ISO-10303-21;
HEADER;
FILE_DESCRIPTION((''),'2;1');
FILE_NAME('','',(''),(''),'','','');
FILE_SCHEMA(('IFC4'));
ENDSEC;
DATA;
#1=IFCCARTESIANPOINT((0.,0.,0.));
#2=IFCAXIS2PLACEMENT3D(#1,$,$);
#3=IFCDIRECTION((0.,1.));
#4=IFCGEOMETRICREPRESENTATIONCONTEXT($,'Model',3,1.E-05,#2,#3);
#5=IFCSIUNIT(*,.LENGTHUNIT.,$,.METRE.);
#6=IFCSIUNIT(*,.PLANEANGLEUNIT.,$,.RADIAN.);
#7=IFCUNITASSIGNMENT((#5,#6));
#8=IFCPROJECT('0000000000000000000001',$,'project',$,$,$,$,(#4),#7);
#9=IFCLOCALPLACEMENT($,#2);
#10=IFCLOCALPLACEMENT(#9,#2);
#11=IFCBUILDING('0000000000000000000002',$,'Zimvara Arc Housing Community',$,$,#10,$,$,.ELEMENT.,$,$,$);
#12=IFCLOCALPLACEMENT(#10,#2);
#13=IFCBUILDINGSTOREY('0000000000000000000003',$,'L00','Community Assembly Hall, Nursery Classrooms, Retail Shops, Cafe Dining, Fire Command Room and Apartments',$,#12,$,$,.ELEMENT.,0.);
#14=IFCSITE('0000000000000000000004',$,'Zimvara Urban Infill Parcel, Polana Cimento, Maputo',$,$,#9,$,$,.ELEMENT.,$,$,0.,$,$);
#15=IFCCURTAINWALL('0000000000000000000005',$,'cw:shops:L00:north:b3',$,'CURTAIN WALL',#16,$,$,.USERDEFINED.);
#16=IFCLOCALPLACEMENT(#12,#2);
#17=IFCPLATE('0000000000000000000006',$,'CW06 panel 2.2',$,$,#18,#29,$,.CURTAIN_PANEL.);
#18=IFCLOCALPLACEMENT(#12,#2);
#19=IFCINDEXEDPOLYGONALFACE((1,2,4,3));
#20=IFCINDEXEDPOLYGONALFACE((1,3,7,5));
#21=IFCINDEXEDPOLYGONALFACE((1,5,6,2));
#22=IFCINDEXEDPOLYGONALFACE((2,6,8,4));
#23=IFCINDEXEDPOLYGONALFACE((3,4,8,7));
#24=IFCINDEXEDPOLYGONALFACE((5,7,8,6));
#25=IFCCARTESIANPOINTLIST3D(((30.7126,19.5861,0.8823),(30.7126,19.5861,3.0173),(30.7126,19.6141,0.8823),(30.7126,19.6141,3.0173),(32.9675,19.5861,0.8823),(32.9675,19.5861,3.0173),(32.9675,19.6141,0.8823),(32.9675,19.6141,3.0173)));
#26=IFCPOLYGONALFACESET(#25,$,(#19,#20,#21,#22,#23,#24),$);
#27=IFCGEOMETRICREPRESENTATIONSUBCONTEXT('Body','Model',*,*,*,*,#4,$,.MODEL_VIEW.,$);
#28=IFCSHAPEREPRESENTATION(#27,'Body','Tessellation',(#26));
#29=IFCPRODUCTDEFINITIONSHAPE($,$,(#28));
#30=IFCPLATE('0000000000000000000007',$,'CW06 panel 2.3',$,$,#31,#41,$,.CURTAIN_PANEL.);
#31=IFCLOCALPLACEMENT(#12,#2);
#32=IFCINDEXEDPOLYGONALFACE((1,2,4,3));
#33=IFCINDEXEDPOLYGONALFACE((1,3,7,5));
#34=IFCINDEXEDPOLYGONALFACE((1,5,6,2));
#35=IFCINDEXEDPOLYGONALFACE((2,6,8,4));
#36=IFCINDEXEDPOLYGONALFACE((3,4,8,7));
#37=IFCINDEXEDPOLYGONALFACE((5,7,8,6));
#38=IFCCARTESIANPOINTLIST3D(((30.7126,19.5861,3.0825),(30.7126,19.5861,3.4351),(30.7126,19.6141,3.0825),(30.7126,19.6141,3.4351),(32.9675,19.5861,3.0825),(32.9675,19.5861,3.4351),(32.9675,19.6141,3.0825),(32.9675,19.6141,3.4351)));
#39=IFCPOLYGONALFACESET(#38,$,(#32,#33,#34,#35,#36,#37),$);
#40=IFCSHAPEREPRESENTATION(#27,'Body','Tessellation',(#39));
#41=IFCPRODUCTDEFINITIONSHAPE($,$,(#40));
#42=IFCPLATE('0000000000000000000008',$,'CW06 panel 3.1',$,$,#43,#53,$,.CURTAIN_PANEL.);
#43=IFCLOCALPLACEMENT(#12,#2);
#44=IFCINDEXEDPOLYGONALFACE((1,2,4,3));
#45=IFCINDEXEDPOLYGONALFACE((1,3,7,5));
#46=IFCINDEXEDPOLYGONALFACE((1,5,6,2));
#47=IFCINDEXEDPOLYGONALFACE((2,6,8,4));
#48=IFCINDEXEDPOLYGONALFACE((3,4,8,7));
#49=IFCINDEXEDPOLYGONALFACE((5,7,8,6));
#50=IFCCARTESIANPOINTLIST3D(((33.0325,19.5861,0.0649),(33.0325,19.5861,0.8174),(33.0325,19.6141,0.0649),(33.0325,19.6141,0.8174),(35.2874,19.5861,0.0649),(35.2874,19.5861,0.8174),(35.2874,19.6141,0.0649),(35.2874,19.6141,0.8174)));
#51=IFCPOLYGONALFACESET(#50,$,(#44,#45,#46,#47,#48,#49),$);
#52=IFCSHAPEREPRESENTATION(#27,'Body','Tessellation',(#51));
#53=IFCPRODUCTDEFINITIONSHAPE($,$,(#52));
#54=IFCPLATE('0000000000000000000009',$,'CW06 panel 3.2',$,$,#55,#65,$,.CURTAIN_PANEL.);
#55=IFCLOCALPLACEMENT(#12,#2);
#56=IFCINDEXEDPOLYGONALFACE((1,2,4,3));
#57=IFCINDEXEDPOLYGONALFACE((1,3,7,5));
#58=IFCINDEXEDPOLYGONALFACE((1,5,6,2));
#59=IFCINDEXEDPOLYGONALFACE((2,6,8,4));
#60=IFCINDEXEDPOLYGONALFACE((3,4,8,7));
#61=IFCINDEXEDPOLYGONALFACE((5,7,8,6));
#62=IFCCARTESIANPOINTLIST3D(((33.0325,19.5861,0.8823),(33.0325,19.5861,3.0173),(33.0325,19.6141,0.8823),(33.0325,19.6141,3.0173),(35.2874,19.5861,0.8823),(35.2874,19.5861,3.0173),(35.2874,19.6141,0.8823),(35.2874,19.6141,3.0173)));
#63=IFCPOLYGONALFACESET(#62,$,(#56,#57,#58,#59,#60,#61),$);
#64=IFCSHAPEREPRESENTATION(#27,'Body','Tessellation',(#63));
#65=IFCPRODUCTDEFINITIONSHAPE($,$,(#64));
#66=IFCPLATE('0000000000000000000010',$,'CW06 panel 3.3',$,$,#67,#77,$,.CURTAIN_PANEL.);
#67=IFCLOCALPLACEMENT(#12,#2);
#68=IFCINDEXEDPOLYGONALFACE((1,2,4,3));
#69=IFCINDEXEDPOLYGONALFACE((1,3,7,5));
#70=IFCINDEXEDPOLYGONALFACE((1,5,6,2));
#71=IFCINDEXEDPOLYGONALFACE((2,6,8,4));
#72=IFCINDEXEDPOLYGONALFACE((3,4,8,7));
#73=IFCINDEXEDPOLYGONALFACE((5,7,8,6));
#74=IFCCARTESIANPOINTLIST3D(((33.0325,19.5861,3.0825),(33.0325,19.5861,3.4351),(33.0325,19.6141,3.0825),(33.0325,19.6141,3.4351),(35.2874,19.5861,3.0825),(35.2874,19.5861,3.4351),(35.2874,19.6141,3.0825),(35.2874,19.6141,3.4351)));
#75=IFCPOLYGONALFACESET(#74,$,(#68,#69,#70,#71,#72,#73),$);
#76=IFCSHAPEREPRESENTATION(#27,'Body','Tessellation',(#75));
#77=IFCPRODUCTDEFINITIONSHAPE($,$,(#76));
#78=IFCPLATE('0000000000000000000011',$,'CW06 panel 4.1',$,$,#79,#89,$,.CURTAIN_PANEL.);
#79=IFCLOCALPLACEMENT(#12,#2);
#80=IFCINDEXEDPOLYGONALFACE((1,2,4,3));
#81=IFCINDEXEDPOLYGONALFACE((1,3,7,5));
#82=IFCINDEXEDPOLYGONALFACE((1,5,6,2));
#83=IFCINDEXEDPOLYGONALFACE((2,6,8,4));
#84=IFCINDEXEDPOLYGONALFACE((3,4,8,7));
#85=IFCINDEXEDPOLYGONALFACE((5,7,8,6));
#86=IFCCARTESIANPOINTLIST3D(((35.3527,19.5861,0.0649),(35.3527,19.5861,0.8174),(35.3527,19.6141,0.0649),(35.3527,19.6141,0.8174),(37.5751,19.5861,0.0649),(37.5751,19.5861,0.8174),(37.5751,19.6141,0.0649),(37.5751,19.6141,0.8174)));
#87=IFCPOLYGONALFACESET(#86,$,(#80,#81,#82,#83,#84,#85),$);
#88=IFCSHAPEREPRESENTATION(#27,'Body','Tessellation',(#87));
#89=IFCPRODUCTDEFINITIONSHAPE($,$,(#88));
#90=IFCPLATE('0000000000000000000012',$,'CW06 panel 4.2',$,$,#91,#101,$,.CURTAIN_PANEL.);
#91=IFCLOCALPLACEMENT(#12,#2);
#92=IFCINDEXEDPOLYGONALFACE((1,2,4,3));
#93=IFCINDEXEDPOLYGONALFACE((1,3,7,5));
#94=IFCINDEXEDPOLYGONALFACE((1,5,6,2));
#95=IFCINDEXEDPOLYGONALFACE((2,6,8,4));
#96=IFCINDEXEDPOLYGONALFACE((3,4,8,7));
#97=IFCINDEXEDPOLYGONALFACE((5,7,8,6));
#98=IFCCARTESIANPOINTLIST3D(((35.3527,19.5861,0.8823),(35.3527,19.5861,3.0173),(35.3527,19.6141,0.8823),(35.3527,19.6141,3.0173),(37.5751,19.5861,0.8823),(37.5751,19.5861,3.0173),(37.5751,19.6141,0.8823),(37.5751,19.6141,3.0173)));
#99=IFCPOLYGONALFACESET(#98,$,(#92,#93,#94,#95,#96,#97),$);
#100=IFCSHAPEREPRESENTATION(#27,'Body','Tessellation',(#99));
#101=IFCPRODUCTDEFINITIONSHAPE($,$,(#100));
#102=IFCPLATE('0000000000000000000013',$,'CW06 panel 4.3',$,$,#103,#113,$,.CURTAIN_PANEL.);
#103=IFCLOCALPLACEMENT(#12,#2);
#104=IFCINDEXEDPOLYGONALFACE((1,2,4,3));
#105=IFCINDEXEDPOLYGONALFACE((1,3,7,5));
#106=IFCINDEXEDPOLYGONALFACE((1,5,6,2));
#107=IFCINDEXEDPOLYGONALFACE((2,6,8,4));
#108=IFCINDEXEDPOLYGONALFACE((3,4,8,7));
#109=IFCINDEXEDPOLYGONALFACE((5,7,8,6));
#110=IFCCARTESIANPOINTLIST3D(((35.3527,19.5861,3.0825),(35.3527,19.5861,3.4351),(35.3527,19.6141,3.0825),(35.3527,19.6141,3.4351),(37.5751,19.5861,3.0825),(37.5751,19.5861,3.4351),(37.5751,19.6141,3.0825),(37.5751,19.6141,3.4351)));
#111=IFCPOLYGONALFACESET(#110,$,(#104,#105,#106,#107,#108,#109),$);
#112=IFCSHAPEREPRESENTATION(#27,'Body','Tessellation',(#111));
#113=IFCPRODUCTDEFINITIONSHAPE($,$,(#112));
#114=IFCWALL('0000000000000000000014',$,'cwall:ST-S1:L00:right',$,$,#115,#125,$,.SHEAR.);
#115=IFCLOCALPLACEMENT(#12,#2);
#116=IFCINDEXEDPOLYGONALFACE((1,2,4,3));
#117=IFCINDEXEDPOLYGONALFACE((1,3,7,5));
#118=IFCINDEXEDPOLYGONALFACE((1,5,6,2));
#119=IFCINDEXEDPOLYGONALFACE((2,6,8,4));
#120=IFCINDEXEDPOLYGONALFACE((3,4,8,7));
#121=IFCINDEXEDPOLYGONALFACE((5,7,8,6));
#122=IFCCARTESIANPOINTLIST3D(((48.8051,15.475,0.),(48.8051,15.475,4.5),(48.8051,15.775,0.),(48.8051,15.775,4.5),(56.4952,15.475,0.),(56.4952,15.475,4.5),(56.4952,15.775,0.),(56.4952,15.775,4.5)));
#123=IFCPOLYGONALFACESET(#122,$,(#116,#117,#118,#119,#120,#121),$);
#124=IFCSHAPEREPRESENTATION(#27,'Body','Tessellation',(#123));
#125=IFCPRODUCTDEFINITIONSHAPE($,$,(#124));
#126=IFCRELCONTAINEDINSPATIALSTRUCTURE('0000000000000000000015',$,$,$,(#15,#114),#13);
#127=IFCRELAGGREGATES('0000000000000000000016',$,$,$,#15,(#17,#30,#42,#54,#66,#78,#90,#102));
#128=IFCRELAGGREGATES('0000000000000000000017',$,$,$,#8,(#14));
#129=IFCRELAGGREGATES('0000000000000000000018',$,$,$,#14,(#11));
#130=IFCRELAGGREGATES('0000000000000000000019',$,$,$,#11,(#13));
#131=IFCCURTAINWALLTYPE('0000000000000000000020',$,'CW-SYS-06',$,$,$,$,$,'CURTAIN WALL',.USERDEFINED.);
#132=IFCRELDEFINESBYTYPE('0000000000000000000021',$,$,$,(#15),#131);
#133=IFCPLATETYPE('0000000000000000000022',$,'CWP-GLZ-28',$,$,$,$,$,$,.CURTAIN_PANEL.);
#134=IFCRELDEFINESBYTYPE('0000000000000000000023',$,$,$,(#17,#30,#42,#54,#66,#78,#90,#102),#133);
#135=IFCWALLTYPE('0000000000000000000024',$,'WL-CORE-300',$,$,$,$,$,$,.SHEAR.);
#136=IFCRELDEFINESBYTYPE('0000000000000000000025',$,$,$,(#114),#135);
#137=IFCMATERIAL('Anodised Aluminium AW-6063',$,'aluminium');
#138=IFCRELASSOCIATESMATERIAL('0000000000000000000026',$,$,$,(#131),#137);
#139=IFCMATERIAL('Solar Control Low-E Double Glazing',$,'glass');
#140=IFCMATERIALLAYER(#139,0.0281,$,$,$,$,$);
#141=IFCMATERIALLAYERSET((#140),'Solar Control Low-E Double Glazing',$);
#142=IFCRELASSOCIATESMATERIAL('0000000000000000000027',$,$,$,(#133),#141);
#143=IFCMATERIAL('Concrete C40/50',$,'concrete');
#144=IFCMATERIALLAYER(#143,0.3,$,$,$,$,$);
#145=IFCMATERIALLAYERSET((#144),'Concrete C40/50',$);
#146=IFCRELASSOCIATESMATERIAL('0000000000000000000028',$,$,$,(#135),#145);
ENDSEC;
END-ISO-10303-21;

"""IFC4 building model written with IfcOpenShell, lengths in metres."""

from ifc_helpers import new_model, si_unit, direction, frame, frame_2d, origin, origin_2d, place, context, subcontext, project, spatial, rectangle, extrude, material, layer, layer_set, type_object, element, aggregate, save


model = new_model("IFC4")

# Units and contexts
model_context = context("Model", 3, precision=1e-05, world=origin(), true_north=direction((0.0, 1.0)))
body_context = subcontext(model_context, "Body", "Model", "MODEL_VIEW")
ifc_project = project(units=[si_unit("LENGTHUNIT", "METRE"), si_unit("PLANEANGLEUNIT", "RADIAN")], contexts=[model_context])

# Site, building, storey
site_placement = place(None, origin())
site = spatial("IfcSite", under=ifc_project, at=site_placement, Name="Zimvara Urban Infill Parcel, Polana Cimento, Maputo", CompositionType="ELEMENT", RefElevation=0.0)
building_placement = place(site_placement, origin())
building = spatial("IfcBuilding", under=site, at=building_placement, Name="Zimvara Arc Housing Community", CompositionType="ELEMENT")
storey_placement = place(building_placement, origin())
storey = spatial("IfcBuildingStorey", under=building, at=storey_placement, Name="L00", Description="Community Assembly Hall, Nursery Classrooms, Retail Shops, Cafe Dining, Fire Command Room and Apartments", CompositionType="ELEMENT", Elevation=0.0)

# Curtain wall, plates
ifc_material_1 = material(Name="Anodised Aluminium AW-6063", Category="aluminium")
curtain_wall_type = type_object("IfcCurtainWallType", Name="CW-SYS-06", ElementType="CURTAIN WALL", PredefinedType="USERDEFINED", material=ifc_material_1)
curtain_wall_placement = place(storey_placement, origin())
curtain_wall = element("IfcCurtainWall", 1, at=curtain_wall_placement, inside=storey, type_object=curtain_wall_type, Name="cw:shops:L00:north:b3", ObjectType="CURTAIN WALL", PredefinedType="USERDEFINED")
ifc_material_2 = material(Name="Solar Control Low-E Double Glazing", Category="glass")
ifc_layer_1 = layer(ifc_material_2, 0.0281)
ifc_layer_set_1 = layer_set([ifc_layer_1], Name="Solar Control Low-E Double Glazing")
plate_type = type_object("IfcPlateType", Name="CWP-GLZ-28", PredefinedType="CURTAIN_PANEL", material=ifc_layer_set_1)
plate_1_placement = place(storey_placement, frame((31.8401, 19.6001, 0.8823), z_axis=(0.0, 0.0, 1.0), x_axis=(1.0, 0.0, 0.0)))
plate_1 = element("IfcPlate", 2, at=plate_1_placement, type_object=plate_type, Name="CW06 panel 2.2", PredefinedType="CURTAIN_PANEL", context=body_context, shape_type="SweptSolid", body=[
    extrude(rectangle(XDim=2.2549, YDim=0.0281, at=origin_2d()), origin(), (0.0, 0.0, 1.0), 2.135),
])
plate_2_placement = place(storey_placement, frame((31.8401, 19.6001, 3.0825), z_axis=(0.0, 0.0, 1.0), x_axis=(1.0, 0.0, 0.0)))
plate_2 = element("IfcPlate", 3, at=plate_2_placement, type_object=plate_type, Name="CW06 panel 2.3", PredefinedType="CURTAIN_PANEL", context=body_context, shape_type="SweptSolid", body=[
    extrude(rectangle(XDim=2.2549, YDim=0.0281, at=origin_2d()), origin(), (0.0, 0.0, 1.0), 0.3525),
])
plate_3_placement = place(storey_placement, frame((34.1599, 19.6001, 0.0649), z_axis=(0.0, 0.0, 1.0), x_axis=(1.0, 0.0, 0.0)))
plate_3 = element("IfcPlate", 4, at=plate_3_placement, type_object=plate_type, Name="CW06 panel 3.1", PredefinedType="CURTAIN_PANEL", context=body_context, shape_type="SweptSolid", body=[
    extrude(rectangle(XDim=2.2549, YDim=0.0281, at=origin_2d()), origin(), (0.0, 0.0, 1.0), 0.7524),
])
plate_4_placement = place(storey_placement, frame((34.1599, 19.6001, 0.8823), z_axis=(0.0, 0.0, 1.0), x_axis=(1.0, 0.0, 0.0)))
plate_4 = element("IfcPlate", 5, at=plate_4_placement, type_object=plate_type, Name="CW06 panel 3.2", PredefinedType="CURTAIN_PANEL", context=body_context, shape_type="SweptSolid", body=[
    extrude(rectangle(XDim=2.2549, YDim=0.0281, at=origin_2d()), origin(), (0.0, 0.0, 1.0), 2.135),
])
plate_5_placement = place(storey_placement, frame((34.1599, 19.6001, 3.0825), z_axis=(0.0, 0.0, 1.0), x_axis=(1.0, 0.0, 0.0)))
plate_5 = element("IfcPlate", 6, at=plate_5_placement, type_object=plate_type, Name="CW06 panel 3.3", PredefinedType="CURTAIN_PANEL", context=body_context, shape_type="SweptSolid", body=[
    extrude(rectangle(XDim=2.2549, YDim=0.0281, at=origin_2d()), origin(), (0.0, 0.0, 1.0), 0.3525),
])
plate_6_placement = place(storey_placement, frame((36.4639, 19.6001, 0.0649), z_axis=(0.0, 0.0, 1.0), x_axis=(1.0, 0.0, 0.0)))
plate_6 = element("IfcPlate", 7, at=plate_6_placement, type_object=plate_type, Name="CW06 panel 4.1", PredefinedType="CURTAIN_PANEL", context=body_context, shape_type="SweptSolid", body=[
    extrude(rectangle(XDim=2.2224, YDim=0.0281, at=origin_2d()), origin(), (0.0, 0.0, 1.0), 0.7524),
])
plate_7_placement = place(storey_placement, frame((36.4639, 19.6001, 0.8823), z_axis=(0.0, 0.0, 1.0), x_axis=(1.0, 0.0, 0.0)))
plate_7 = element("IfcPlate", 8, at=plate_7_placement, type_object=plate_type, Name="CW06 panel 4.2", PredefinedType="CURTAIN_PANEL", context=body_context, shape_type="SweptSolid", body=[
    extrude(rectangle(XDim=2.2224, YDim=0.0281, at=origin_2d()), origin(), (0.0, 0.0, 1.0), 2.135),
])
plate_8_placement = place(storey_placement, frame((36.4639, 19.6001, 3.0825), z_axis=(0.0, 0.0, 1.0), x_axis=(1.0, 0.0, 0.0)))
plate_8 = element("IfcPlate", 9, at=plate_8_placement, type_object=plate_type, Name="CW06 panel 4.3", PredefinedType="CURTAIN_PANEL", context=body_context, shape_type="SweptSolid", body=[
    extrude(rectangle(XDim=2.2224, YDim=0.0281, at=origin_2d()), origin(), (0.0, 0.0, 1.0), 0.3525),
])
aggregate(curtain_wall, [plate_1, plate_2, plate_3, plate_4, plate_5, plate_6, plate_7, plate_8])

# Wall
ifc_material_3 = material(Name="Concrete C40/50", Category="concrete")
ifc_layer_2 = layer(ifc_material_3, 0.3)
ifc_layer_set_2 = layer_set([ifc_layer_2], Name="Concrete C40/50")
wall_type = type_object("IfcWallType", Name="WL-CORE-300", PredefinedType="SHEAR", material=ifc_layer_set_2)
wall_placement = place(storey_placement, frame((48.8049, 15.625, 0.0), z_axis=(0.0, 0.0, 1.0), x_axis=(1.0, 0.0, 0.0)))
element("IfcWall", 10, at=wall_placement, inside=storey, type_object=wall_type, Name="cwall:ST-S1:L00:right", PredefinedType="SHEAR", context=body_context, shape_type="SweptSolid", body=[
    extrude(rectangle(XDim=7.6902, YDim=0.3, at=frame_2d((3.8452, 0.0))), origin(), (0.0, 0.0, 1.0), 4.5),
])

save(model, "model.ifc")
